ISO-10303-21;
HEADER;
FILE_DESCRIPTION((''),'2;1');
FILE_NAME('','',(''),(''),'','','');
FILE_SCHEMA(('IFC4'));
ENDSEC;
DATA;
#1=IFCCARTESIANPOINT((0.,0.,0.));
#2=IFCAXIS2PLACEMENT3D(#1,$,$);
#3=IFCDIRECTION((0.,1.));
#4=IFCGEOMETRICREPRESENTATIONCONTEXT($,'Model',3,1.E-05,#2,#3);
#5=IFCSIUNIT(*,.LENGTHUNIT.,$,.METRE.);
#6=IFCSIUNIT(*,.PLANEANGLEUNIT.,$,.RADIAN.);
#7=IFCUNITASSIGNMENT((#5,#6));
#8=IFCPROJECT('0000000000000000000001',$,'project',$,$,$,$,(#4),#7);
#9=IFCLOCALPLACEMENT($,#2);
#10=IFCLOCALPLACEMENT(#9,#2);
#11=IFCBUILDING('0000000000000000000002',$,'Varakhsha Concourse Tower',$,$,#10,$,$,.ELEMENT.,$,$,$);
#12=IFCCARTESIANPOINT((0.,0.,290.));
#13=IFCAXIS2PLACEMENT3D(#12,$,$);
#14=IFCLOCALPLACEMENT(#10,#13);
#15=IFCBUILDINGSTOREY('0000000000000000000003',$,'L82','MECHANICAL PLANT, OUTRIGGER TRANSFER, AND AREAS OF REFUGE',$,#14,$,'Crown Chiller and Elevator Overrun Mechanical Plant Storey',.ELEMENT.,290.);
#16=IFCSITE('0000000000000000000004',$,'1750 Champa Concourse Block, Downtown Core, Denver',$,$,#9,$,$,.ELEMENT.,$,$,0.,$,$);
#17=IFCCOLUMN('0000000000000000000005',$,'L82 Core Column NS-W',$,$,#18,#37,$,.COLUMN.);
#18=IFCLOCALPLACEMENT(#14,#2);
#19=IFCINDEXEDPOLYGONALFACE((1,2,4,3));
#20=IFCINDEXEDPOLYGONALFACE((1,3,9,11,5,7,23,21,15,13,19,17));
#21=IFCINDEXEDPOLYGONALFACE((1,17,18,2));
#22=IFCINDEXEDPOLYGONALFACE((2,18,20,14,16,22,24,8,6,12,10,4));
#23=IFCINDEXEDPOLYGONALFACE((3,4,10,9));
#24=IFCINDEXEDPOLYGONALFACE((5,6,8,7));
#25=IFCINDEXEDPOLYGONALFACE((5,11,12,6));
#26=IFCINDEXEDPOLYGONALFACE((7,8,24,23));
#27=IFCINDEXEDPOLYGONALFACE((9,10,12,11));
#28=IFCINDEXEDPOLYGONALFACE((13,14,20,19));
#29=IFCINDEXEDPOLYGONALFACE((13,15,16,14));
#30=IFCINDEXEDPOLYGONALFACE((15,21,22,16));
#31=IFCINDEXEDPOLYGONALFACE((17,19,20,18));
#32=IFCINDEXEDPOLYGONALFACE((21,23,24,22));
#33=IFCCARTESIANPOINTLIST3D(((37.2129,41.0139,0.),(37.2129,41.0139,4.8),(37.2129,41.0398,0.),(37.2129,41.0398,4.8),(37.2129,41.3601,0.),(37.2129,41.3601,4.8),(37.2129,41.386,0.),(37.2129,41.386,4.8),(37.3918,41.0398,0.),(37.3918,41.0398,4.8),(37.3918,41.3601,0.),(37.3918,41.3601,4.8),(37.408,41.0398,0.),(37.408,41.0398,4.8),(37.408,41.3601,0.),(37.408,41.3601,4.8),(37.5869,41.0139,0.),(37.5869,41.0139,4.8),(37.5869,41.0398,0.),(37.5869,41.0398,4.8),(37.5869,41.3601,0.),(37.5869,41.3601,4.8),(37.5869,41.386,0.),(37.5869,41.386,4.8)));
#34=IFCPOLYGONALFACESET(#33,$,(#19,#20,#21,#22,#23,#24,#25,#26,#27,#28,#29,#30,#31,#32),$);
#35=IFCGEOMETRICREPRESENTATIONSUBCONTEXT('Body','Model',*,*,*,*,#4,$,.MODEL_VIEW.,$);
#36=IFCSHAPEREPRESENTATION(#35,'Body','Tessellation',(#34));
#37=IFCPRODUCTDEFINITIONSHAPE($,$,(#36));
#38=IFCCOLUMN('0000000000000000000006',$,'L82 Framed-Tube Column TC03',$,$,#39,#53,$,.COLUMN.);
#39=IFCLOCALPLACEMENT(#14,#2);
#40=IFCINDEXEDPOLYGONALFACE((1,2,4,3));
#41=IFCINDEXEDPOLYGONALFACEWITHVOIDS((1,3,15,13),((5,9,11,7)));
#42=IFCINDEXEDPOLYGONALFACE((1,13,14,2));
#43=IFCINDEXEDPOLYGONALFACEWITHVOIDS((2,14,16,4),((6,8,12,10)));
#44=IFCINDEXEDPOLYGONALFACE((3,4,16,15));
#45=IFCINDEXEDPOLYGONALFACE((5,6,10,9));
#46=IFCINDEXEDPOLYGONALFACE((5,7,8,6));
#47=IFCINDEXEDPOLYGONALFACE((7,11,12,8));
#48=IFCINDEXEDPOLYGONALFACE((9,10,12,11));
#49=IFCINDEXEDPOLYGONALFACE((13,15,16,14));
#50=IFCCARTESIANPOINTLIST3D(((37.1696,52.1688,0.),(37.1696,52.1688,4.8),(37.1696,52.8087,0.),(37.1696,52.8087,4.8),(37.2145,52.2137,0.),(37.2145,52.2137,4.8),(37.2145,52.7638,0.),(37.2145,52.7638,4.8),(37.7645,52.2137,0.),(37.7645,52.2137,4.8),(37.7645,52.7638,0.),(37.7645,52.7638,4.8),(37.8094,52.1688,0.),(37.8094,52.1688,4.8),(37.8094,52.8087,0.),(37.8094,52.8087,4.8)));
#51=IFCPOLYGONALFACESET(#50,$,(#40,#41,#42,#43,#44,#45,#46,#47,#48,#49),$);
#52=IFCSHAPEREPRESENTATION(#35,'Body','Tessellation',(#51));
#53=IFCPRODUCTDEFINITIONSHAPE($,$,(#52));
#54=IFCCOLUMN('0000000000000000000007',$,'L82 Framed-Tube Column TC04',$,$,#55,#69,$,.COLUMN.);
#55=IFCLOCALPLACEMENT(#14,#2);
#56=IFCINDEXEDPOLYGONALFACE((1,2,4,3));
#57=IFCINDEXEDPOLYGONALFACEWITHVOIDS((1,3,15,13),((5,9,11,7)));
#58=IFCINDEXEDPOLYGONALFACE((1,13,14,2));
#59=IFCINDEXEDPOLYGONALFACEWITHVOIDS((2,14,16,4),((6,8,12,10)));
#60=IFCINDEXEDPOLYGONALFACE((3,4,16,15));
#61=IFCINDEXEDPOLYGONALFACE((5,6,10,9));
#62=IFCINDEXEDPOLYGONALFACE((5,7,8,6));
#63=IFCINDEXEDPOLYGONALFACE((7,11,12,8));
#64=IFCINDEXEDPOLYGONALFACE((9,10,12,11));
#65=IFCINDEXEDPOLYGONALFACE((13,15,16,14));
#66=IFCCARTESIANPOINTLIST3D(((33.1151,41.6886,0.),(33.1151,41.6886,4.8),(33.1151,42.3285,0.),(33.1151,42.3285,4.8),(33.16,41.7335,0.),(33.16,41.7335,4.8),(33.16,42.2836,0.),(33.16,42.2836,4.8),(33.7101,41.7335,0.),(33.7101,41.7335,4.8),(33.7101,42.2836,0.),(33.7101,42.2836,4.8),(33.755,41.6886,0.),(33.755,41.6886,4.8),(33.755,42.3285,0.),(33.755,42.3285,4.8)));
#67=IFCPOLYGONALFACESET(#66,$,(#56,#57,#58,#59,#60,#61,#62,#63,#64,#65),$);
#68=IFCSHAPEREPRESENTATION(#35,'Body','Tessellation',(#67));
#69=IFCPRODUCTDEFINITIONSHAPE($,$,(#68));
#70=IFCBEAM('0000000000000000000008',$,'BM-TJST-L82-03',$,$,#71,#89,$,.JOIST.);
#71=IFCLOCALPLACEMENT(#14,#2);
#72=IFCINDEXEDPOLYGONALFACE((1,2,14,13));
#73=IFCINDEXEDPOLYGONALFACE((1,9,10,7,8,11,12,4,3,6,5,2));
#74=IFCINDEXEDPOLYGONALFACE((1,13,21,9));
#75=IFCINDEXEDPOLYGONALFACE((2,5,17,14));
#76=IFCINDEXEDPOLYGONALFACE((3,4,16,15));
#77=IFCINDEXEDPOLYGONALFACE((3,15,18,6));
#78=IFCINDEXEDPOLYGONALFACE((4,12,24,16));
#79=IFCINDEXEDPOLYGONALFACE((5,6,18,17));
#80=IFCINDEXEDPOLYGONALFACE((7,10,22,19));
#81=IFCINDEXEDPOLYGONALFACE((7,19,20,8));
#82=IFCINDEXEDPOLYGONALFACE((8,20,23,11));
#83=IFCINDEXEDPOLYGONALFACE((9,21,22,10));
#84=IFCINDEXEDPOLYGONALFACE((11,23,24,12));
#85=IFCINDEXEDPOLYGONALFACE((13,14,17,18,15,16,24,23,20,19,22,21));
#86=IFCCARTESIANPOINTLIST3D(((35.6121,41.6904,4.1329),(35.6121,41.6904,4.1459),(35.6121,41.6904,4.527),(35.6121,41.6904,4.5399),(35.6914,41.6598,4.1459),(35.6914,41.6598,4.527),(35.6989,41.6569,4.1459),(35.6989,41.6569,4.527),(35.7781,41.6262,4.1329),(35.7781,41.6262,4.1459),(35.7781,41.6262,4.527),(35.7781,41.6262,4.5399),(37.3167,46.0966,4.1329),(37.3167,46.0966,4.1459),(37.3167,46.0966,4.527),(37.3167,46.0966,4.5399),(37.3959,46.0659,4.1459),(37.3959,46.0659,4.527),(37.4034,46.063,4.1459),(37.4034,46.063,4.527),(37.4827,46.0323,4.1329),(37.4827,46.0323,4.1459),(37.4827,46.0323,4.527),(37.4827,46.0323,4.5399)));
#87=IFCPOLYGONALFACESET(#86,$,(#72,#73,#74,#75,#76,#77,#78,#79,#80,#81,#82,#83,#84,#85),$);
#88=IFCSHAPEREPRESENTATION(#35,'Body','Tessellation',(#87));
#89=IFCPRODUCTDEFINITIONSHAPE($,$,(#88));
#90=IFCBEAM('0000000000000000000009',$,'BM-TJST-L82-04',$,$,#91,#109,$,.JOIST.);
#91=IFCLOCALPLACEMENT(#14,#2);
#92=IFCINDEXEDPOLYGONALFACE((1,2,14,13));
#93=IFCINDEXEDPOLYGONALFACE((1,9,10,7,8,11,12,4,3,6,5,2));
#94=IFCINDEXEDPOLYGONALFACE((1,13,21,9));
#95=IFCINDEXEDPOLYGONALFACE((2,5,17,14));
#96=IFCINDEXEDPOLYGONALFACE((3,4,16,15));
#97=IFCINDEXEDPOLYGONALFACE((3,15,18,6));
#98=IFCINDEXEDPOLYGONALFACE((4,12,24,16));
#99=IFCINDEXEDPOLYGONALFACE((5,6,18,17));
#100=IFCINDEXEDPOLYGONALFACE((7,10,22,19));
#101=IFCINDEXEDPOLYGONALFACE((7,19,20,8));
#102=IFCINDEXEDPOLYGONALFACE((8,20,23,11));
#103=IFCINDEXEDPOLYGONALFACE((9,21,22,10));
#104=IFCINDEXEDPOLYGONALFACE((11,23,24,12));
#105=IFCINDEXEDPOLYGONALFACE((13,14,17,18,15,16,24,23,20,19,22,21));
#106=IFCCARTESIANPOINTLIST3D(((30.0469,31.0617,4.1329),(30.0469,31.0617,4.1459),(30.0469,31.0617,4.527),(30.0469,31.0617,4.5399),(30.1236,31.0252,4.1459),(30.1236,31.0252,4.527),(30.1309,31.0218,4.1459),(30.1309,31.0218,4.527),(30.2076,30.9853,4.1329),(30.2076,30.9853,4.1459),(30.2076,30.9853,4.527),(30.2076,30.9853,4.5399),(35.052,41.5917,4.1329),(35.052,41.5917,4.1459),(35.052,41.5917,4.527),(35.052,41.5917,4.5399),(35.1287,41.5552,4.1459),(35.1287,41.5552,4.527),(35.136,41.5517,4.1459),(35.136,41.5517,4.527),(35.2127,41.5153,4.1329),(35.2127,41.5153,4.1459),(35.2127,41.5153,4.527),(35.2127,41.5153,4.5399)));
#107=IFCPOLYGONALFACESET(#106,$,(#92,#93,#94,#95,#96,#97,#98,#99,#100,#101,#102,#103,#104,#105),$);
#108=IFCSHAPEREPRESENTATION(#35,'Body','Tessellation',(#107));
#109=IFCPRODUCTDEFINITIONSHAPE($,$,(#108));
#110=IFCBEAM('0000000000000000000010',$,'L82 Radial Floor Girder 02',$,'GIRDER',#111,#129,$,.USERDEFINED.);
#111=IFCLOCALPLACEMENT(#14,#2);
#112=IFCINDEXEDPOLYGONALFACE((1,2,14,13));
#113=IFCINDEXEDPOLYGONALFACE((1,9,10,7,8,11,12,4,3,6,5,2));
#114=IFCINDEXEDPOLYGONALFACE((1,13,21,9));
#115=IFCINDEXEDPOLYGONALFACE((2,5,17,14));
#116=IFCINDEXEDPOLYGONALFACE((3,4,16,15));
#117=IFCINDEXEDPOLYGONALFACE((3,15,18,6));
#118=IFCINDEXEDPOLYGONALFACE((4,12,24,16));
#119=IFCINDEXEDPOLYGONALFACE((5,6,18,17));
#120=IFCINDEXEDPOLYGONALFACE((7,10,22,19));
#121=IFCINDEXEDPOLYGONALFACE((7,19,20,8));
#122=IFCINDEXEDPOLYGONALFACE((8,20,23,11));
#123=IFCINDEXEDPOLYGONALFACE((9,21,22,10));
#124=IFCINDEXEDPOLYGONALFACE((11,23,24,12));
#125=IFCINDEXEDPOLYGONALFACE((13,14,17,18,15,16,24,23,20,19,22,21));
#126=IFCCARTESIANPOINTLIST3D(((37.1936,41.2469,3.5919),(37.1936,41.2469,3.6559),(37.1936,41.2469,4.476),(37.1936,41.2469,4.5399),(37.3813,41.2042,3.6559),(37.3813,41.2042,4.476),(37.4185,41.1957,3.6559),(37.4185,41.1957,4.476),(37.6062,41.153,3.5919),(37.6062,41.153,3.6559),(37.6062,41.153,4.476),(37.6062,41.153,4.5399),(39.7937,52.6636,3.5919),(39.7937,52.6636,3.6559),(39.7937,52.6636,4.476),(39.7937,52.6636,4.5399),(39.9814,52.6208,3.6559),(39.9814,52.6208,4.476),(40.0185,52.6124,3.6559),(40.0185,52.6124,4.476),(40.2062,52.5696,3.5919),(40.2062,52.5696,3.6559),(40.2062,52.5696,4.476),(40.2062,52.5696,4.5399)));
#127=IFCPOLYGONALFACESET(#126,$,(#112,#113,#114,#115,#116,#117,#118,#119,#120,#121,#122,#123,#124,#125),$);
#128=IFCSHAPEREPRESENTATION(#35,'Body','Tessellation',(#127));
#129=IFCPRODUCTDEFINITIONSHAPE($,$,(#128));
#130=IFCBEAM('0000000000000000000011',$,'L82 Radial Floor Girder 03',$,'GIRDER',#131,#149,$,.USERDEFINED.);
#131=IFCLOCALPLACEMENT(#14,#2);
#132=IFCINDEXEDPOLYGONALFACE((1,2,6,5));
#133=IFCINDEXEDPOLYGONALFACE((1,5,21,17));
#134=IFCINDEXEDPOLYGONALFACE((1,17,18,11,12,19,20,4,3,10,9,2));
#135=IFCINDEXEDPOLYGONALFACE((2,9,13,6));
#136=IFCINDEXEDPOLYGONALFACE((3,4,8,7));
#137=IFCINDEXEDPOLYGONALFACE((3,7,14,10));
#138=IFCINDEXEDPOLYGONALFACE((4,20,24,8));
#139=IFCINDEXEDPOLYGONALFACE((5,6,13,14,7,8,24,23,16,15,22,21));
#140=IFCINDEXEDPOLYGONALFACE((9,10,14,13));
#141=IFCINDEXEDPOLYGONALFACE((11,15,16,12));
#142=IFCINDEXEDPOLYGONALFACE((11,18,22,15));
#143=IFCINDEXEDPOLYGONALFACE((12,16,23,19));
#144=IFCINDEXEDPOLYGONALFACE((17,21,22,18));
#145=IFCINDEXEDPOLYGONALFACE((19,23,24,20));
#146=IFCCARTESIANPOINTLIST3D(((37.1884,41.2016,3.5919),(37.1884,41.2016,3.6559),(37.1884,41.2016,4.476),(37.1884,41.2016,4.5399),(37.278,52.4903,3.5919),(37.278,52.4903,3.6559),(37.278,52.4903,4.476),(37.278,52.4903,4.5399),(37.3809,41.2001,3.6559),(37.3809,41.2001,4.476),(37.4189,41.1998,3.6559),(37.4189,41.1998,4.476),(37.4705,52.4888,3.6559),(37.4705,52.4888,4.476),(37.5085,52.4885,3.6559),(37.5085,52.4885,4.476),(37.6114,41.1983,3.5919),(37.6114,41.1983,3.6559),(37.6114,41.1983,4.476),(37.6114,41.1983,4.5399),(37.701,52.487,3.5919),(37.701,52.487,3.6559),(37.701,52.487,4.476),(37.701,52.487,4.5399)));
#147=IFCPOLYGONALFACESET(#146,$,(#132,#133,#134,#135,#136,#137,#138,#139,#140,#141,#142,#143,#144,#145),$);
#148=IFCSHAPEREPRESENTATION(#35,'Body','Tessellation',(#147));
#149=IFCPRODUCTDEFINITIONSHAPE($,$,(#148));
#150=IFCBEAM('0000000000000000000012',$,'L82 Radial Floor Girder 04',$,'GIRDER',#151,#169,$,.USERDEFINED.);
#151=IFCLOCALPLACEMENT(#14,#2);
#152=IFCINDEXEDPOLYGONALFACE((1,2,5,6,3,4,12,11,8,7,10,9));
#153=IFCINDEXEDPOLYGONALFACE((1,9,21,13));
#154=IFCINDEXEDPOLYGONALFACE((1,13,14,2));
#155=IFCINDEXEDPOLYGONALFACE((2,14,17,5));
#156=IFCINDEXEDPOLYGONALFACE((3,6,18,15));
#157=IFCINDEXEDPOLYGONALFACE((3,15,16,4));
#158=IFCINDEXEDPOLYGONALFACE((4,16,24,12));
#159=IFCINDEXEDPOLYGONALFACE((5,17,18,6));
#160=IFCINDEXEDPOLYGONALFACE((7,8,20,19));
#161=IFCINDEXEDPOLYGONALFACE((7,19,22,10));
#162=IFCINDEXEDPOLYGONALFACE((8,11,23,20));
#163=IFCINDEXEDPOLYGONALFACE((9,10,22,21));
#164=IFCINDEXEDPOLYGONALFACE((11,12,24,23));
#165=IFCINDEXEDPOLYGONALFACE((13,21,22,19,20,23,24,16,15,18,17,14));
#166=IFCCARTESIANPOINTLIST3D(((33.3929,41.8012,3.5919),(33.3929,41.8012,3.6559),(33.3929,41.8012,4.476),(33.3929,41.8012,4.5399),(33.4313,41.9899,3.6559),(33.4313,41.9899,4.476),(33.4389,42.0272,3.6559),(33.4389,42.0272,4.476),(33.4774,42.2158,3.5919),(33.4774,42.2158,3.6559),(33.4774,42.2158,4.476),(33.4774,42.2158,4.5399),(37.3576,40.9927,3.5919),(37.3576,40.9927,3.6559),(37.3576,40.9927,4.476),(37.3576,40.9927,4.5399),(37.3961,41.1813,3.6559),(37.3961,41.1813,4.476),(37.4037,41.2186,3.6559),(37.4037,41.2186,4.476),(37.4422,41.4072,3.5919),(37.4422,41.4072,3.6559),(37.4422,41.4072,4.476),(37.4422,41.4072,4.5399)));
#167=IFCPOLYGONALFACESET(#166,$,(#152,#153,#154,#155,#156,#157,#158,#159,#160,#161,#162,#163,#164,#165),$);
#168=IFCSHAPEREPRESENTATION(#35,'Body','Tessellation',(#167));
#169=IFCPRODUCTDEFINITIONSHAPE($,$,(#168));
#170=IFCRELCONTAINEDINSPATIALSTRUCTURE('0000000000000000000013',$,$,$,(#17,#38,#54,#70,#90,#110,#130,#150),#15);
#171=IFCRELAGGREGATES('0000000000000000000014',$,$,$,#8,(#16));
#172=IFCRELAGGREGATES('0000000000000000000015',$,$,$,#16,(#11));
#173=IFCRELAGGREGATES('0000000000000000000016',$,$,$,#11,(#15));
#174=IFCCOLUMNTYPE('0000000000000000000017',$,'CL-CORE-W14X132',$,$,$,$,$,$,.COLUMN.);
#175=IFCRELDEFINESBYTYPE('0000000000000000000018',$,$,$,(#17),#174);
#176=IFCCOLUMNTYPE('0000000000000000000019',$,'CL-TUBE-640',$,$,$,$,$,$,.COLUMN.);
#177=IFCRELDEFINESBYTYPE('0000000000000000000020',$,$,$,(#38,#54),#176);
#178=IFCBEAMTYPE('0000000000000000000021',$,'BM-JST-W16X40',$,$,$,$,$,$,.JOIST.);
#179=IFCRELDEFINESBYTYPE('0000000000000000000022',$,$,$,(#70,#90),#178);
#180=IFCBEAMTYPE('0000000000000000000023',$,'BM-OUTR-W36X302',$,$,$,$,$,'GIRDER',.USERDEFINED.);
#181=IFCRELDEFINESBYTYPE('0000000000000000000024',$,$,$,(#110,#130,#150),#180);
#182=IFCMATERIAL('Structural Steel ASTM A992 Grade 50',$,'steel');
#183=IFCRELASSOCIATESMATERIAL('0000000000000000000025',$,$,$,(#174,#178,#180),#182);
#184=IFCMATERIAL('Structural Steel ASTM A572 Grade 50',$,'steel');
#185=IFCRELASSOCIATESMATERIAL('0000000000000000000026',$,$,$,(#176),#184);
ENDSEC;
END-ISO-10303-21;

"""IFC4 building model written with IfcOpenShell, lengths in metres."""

from ifc_helpers import new_model, si_unit, direction, frame, origin, origin_2d, place, context, subcontext, project, spatial, hollow_rectangle, i_section, extrude, material, material_profile, profile_set, type_object, element, save


model = new_model("IFC4")

# Units and contexts
model_context = context("Model", 3, precision=1e-05, world=origin(), true_north=direction((0.0, 1.0)))
body_context = subcontext(model_context, "Body", "Model", "MODEL_VIEW")
ifc_project = project(units=[si_unit("LENGTHUNIT", "METRE"), si_unit("PLANEANGLEUNIT", "RADIAN")], contexts=[model_context])

# Site, building, storey
site_placement = place(None, origin())
site = spatial("IfcSite", under=ifc_project, at=site_placement, Name="1750 Champa Concourse Block, Downtown Core, Denver", CompositionType="ELEMENT", RefElevation=0.0)
building_placement = place(site_placement, origin())
building = spatial("IfcBuilding", under=site, at=building_placement, Name="Varakhsha Concourse Tower", CompositionType="ELEMENT")
storey_placement = place(building_placement, frame((0.0, 0.0, 290.0)))
storey = spatial("IfcBuildingStorey", under=building, at=storey_placement, Name="L82", Description="MECHANICAL PLANT, OUTRIGGER TRANSFER, AND AREAS OF REFUGE", LongName="Crown Chiller and Elevator Overrun Mechanical Plant Storey", CompositionType="ELEMENT", Elevation=290.0)

# Columns
ifc_material_1 = material(Name="Structural Steel ASTM A992 Grade 50", Category="steel")
ifc_material_profile_1 = material_profile(ifc_material_1, i_section(OverallWidth=0.374, OverallDepth=0.3721, WebThickness=0.0161, FlangeThickness=0.0259, at=origin_2d()), Name="W14X132")
ifc_profile_set_1 = profile_set([ifc_material_profile_1], Name="Structural Steel ASTM A992 Grade 50")
column_type_1 = type_object("IfcColumnType", Name="CL-CORE-W14X132", PredefinedType="COLUMN", material=ifc_profile_set_1)
column_placement = place(storey_placement, frame((37.3999, 41.2, 0.0), z_axis=(0.0, 0.0, 1.0), x_axis=(1.0, 0.0, 0.0)))
element("IfcColumn", 1, at=column_placement, inside=storey, type_object=column_type_1, Name="L82 Core Column NS-W", PredefinedType="COLUMN", context=body_context, shape_type="SweptSolid", body=[
    extrude(i_section(OverallWidth=0.374, OverallDepth=0.3721, WebThickness=0.0161, FlangeThickness=0.0259, at=origin_2d()), origin(), (0.0, 0.0, 1.0), 4.8),
])
ifc_material_2 = material(Name="Structural Steel ASTM A572 Grade 50", Category="steel")
ifc_material_profile_2 = material_profile(ifc_material_2, hollow_rectangle(XDim=0.6399, YDim=0.6399, WallThickness=0.0449, at=origin_2d()), Name="BOX 640x640x45")
ifc_profile_set_2 = profile_set([ifc_material_profile_2], Name="Structural Steel ASTM A572 Grade 50")
column_type_2 = type_object("IfcColumnType", Name="CL-TUBE-640", PredefinedType="COLUMN", material=ifc_profile_set_2)
for number, where, z_axis, x_axis, name in (
    (2, (37.4895, 52.4888, 0.0), (0.0, 0.0, 1.0), (1.0, 0.0, 0.0), "L82 Framed-Tube Column TC03"),
    (3, (33.4351, 42.0085, 0.0), (0.0, 0.0, 1.0), (1.0, 0.0, 0.0), "L82 Framed-Tube Column TC04"),
):
    element("IfcColumn", number, at=place(storey_placement, frame(where, z_axis=z_axis, x_axis=x_axis)), inside=storey, type_object=column_type_2, Name=name, PredefinedType="COLUMN", context=body_context, shape_type="SweptSolid", body=[
        extrude(hollow_rectangle(XDim=0.6399, YDim=0.6399, WallThickness=0.0449, at=origin_2d()), origin(), (0.0, 0.0, 1.0), 4.8),
    ])

# Beams
ifc_material_profile_3 = material_profile(ifc_material_1, i_section(OverallWidth=0.178, OverallDepth=0.407, WebThickness=0.0081, FlangeThickness=0.0129, at=origin_2d()), Name="W16X40")
ifc_profile_set_3 = profile_set([ifc_material_profile_3], Name="Structural Steel ASTM A992 Grade 50")
beam_type_1 = type_object("IfcBeamType", Name="BM-JST-W16X40", PredefinedType="JOIST", material=ifc_profile_set_3)
beam_1_placement = place(storey_placement, frame((37.3997, 46.0645, 4.3364), z_axis=(-0.3608, -0.932643, 0.0), x_axis=(0.932643, -0.3608, 0.0)))
element("IfcBeam", 4, at=beam_1_placement, inside=storey, type_object=beam_type_1, Name="BM-TJST-L82-03", PredefinedType="JOIST", context=body_context, shape_type="SweptSolid", body=[
    extrude(i_section(OverallWidth=0.178, OverallDepth=0.407, WebThickness=0.0081, FlangeThickness=0.0129, at=origin_2d()), origin(), (0.0, 0.0, 1.0), 4.7244),
])
beam_2_placement = place(storey_placement, frame((35.1323, 41.5535, 4.3364), z_axis=(-0.429292, -0.903166, 0.0), x_axis=(0.903166, -0.429292, 0.0)))
element("IfcBeam", 5, at=beam_2_placement, inside=storey, type_object=beam_type_1, Name="BM-TJST-L82-04", PredefinedType="JOIST", context=body_context, shape_type="SweptSolid", body=[
    extrude(i_section(OverallWidth=0.178, OverallDepth=0.407, WebThickness=0.0081, FlangeThickness=0.0129, at=origin_2d()), origin(), (0.0, 0.0, 1.0), 11.6589),
])
ifc_material_profile_4 = material_profile(ifc_material_1, i_section(OverallWidth=0.4231, OverallDepth=0.948, WebThickness=0.0381, FlangeThickness=0.064, at=origin_2d()), Name="W36X302")
ifc_profile_set_4 = profile_set([ifc_material_profile_4], Name="Structural Steel ASTM A992 Grade 50")
beam_type_2 = type_object("IfcBeamType", Name="BM-OUTR-W36X302", ElementType="GIRDER", PredefinedType="USERDEFINED", material=ifc_profile_set_4)
beam_3_placement = place(storey_placement, frame((37.3999, 41.2, 4.0659), z_axis=(0.222058, 0.975033, 0.0), x_axis=(-0.975033, 0.222058, 0.0)))
element("IfcBeam", 6, at=beam_3_placement, inside=storey, type_object=beam_type_2, Name="L82 Radial Floor Girder 02", ObjectType="GIRDER", PredefinedType="USERDEFINED", context=body_context, shape_type="SweptSolid", body=[
    extrude(i_section(OverallWidth=0.4231, OverallDepth=0.948, WebThickness=0.0381, FlangeThickness=0.064, at=origin_2d()), origin(), (0.0, 0.0, 1.0), 11.709),
])
beam_4_placement = place(storey_placement, frame((37.3999, 41.2, 4.0659), z_axis=(0.007937, 0.999969, 0.0), x_axis=(-0.999969, 0.007937, 0.0)))
element("IfcBeam", 7, at=beam_4_placement, inside=storey, type_object=beam_type_2, Name="L82 Radial Floor Girder 03", ObjectType="GIRDER", PredefinedType="USERDEFINED", context=body_context, shape_type="SweptSolid", body=[
    extrude(i_section(OverallWidth=0.4231, OverallDepth=0.948, WebThickness=0.0381, FlangeThickness=0.064, at=origin_2d()), origin(), (0.0, 0.0, 1.0), 11.2891),
])
beam_5_placement = place(storey_placement, frame((37.3999, 41.2, 4.0659), z_axis=(-0.979831, 0.199828, 0.0), x_axis=(-0.199828, -0.979831, 0.0)))
element("IfcBeam", 8, at=beam_5_placement, inside=storey, type_object=beam_type_2, Name="L82 Radial Floor Girder 04", ObjectType="GIRDER", PredefinedType="USERDEFINED", context=body_context, shape_type="SweptSolid", body=[
    extrude(i_section(OverallWidth=0.4231, OverallDepth=0.948, WebThickness=0.0381, FlangeThickness=0.064, at=origin_2d()), origin(), (0.0, 0.0, 1.0), 4.0464),
])

save(model, "model.ifc")
